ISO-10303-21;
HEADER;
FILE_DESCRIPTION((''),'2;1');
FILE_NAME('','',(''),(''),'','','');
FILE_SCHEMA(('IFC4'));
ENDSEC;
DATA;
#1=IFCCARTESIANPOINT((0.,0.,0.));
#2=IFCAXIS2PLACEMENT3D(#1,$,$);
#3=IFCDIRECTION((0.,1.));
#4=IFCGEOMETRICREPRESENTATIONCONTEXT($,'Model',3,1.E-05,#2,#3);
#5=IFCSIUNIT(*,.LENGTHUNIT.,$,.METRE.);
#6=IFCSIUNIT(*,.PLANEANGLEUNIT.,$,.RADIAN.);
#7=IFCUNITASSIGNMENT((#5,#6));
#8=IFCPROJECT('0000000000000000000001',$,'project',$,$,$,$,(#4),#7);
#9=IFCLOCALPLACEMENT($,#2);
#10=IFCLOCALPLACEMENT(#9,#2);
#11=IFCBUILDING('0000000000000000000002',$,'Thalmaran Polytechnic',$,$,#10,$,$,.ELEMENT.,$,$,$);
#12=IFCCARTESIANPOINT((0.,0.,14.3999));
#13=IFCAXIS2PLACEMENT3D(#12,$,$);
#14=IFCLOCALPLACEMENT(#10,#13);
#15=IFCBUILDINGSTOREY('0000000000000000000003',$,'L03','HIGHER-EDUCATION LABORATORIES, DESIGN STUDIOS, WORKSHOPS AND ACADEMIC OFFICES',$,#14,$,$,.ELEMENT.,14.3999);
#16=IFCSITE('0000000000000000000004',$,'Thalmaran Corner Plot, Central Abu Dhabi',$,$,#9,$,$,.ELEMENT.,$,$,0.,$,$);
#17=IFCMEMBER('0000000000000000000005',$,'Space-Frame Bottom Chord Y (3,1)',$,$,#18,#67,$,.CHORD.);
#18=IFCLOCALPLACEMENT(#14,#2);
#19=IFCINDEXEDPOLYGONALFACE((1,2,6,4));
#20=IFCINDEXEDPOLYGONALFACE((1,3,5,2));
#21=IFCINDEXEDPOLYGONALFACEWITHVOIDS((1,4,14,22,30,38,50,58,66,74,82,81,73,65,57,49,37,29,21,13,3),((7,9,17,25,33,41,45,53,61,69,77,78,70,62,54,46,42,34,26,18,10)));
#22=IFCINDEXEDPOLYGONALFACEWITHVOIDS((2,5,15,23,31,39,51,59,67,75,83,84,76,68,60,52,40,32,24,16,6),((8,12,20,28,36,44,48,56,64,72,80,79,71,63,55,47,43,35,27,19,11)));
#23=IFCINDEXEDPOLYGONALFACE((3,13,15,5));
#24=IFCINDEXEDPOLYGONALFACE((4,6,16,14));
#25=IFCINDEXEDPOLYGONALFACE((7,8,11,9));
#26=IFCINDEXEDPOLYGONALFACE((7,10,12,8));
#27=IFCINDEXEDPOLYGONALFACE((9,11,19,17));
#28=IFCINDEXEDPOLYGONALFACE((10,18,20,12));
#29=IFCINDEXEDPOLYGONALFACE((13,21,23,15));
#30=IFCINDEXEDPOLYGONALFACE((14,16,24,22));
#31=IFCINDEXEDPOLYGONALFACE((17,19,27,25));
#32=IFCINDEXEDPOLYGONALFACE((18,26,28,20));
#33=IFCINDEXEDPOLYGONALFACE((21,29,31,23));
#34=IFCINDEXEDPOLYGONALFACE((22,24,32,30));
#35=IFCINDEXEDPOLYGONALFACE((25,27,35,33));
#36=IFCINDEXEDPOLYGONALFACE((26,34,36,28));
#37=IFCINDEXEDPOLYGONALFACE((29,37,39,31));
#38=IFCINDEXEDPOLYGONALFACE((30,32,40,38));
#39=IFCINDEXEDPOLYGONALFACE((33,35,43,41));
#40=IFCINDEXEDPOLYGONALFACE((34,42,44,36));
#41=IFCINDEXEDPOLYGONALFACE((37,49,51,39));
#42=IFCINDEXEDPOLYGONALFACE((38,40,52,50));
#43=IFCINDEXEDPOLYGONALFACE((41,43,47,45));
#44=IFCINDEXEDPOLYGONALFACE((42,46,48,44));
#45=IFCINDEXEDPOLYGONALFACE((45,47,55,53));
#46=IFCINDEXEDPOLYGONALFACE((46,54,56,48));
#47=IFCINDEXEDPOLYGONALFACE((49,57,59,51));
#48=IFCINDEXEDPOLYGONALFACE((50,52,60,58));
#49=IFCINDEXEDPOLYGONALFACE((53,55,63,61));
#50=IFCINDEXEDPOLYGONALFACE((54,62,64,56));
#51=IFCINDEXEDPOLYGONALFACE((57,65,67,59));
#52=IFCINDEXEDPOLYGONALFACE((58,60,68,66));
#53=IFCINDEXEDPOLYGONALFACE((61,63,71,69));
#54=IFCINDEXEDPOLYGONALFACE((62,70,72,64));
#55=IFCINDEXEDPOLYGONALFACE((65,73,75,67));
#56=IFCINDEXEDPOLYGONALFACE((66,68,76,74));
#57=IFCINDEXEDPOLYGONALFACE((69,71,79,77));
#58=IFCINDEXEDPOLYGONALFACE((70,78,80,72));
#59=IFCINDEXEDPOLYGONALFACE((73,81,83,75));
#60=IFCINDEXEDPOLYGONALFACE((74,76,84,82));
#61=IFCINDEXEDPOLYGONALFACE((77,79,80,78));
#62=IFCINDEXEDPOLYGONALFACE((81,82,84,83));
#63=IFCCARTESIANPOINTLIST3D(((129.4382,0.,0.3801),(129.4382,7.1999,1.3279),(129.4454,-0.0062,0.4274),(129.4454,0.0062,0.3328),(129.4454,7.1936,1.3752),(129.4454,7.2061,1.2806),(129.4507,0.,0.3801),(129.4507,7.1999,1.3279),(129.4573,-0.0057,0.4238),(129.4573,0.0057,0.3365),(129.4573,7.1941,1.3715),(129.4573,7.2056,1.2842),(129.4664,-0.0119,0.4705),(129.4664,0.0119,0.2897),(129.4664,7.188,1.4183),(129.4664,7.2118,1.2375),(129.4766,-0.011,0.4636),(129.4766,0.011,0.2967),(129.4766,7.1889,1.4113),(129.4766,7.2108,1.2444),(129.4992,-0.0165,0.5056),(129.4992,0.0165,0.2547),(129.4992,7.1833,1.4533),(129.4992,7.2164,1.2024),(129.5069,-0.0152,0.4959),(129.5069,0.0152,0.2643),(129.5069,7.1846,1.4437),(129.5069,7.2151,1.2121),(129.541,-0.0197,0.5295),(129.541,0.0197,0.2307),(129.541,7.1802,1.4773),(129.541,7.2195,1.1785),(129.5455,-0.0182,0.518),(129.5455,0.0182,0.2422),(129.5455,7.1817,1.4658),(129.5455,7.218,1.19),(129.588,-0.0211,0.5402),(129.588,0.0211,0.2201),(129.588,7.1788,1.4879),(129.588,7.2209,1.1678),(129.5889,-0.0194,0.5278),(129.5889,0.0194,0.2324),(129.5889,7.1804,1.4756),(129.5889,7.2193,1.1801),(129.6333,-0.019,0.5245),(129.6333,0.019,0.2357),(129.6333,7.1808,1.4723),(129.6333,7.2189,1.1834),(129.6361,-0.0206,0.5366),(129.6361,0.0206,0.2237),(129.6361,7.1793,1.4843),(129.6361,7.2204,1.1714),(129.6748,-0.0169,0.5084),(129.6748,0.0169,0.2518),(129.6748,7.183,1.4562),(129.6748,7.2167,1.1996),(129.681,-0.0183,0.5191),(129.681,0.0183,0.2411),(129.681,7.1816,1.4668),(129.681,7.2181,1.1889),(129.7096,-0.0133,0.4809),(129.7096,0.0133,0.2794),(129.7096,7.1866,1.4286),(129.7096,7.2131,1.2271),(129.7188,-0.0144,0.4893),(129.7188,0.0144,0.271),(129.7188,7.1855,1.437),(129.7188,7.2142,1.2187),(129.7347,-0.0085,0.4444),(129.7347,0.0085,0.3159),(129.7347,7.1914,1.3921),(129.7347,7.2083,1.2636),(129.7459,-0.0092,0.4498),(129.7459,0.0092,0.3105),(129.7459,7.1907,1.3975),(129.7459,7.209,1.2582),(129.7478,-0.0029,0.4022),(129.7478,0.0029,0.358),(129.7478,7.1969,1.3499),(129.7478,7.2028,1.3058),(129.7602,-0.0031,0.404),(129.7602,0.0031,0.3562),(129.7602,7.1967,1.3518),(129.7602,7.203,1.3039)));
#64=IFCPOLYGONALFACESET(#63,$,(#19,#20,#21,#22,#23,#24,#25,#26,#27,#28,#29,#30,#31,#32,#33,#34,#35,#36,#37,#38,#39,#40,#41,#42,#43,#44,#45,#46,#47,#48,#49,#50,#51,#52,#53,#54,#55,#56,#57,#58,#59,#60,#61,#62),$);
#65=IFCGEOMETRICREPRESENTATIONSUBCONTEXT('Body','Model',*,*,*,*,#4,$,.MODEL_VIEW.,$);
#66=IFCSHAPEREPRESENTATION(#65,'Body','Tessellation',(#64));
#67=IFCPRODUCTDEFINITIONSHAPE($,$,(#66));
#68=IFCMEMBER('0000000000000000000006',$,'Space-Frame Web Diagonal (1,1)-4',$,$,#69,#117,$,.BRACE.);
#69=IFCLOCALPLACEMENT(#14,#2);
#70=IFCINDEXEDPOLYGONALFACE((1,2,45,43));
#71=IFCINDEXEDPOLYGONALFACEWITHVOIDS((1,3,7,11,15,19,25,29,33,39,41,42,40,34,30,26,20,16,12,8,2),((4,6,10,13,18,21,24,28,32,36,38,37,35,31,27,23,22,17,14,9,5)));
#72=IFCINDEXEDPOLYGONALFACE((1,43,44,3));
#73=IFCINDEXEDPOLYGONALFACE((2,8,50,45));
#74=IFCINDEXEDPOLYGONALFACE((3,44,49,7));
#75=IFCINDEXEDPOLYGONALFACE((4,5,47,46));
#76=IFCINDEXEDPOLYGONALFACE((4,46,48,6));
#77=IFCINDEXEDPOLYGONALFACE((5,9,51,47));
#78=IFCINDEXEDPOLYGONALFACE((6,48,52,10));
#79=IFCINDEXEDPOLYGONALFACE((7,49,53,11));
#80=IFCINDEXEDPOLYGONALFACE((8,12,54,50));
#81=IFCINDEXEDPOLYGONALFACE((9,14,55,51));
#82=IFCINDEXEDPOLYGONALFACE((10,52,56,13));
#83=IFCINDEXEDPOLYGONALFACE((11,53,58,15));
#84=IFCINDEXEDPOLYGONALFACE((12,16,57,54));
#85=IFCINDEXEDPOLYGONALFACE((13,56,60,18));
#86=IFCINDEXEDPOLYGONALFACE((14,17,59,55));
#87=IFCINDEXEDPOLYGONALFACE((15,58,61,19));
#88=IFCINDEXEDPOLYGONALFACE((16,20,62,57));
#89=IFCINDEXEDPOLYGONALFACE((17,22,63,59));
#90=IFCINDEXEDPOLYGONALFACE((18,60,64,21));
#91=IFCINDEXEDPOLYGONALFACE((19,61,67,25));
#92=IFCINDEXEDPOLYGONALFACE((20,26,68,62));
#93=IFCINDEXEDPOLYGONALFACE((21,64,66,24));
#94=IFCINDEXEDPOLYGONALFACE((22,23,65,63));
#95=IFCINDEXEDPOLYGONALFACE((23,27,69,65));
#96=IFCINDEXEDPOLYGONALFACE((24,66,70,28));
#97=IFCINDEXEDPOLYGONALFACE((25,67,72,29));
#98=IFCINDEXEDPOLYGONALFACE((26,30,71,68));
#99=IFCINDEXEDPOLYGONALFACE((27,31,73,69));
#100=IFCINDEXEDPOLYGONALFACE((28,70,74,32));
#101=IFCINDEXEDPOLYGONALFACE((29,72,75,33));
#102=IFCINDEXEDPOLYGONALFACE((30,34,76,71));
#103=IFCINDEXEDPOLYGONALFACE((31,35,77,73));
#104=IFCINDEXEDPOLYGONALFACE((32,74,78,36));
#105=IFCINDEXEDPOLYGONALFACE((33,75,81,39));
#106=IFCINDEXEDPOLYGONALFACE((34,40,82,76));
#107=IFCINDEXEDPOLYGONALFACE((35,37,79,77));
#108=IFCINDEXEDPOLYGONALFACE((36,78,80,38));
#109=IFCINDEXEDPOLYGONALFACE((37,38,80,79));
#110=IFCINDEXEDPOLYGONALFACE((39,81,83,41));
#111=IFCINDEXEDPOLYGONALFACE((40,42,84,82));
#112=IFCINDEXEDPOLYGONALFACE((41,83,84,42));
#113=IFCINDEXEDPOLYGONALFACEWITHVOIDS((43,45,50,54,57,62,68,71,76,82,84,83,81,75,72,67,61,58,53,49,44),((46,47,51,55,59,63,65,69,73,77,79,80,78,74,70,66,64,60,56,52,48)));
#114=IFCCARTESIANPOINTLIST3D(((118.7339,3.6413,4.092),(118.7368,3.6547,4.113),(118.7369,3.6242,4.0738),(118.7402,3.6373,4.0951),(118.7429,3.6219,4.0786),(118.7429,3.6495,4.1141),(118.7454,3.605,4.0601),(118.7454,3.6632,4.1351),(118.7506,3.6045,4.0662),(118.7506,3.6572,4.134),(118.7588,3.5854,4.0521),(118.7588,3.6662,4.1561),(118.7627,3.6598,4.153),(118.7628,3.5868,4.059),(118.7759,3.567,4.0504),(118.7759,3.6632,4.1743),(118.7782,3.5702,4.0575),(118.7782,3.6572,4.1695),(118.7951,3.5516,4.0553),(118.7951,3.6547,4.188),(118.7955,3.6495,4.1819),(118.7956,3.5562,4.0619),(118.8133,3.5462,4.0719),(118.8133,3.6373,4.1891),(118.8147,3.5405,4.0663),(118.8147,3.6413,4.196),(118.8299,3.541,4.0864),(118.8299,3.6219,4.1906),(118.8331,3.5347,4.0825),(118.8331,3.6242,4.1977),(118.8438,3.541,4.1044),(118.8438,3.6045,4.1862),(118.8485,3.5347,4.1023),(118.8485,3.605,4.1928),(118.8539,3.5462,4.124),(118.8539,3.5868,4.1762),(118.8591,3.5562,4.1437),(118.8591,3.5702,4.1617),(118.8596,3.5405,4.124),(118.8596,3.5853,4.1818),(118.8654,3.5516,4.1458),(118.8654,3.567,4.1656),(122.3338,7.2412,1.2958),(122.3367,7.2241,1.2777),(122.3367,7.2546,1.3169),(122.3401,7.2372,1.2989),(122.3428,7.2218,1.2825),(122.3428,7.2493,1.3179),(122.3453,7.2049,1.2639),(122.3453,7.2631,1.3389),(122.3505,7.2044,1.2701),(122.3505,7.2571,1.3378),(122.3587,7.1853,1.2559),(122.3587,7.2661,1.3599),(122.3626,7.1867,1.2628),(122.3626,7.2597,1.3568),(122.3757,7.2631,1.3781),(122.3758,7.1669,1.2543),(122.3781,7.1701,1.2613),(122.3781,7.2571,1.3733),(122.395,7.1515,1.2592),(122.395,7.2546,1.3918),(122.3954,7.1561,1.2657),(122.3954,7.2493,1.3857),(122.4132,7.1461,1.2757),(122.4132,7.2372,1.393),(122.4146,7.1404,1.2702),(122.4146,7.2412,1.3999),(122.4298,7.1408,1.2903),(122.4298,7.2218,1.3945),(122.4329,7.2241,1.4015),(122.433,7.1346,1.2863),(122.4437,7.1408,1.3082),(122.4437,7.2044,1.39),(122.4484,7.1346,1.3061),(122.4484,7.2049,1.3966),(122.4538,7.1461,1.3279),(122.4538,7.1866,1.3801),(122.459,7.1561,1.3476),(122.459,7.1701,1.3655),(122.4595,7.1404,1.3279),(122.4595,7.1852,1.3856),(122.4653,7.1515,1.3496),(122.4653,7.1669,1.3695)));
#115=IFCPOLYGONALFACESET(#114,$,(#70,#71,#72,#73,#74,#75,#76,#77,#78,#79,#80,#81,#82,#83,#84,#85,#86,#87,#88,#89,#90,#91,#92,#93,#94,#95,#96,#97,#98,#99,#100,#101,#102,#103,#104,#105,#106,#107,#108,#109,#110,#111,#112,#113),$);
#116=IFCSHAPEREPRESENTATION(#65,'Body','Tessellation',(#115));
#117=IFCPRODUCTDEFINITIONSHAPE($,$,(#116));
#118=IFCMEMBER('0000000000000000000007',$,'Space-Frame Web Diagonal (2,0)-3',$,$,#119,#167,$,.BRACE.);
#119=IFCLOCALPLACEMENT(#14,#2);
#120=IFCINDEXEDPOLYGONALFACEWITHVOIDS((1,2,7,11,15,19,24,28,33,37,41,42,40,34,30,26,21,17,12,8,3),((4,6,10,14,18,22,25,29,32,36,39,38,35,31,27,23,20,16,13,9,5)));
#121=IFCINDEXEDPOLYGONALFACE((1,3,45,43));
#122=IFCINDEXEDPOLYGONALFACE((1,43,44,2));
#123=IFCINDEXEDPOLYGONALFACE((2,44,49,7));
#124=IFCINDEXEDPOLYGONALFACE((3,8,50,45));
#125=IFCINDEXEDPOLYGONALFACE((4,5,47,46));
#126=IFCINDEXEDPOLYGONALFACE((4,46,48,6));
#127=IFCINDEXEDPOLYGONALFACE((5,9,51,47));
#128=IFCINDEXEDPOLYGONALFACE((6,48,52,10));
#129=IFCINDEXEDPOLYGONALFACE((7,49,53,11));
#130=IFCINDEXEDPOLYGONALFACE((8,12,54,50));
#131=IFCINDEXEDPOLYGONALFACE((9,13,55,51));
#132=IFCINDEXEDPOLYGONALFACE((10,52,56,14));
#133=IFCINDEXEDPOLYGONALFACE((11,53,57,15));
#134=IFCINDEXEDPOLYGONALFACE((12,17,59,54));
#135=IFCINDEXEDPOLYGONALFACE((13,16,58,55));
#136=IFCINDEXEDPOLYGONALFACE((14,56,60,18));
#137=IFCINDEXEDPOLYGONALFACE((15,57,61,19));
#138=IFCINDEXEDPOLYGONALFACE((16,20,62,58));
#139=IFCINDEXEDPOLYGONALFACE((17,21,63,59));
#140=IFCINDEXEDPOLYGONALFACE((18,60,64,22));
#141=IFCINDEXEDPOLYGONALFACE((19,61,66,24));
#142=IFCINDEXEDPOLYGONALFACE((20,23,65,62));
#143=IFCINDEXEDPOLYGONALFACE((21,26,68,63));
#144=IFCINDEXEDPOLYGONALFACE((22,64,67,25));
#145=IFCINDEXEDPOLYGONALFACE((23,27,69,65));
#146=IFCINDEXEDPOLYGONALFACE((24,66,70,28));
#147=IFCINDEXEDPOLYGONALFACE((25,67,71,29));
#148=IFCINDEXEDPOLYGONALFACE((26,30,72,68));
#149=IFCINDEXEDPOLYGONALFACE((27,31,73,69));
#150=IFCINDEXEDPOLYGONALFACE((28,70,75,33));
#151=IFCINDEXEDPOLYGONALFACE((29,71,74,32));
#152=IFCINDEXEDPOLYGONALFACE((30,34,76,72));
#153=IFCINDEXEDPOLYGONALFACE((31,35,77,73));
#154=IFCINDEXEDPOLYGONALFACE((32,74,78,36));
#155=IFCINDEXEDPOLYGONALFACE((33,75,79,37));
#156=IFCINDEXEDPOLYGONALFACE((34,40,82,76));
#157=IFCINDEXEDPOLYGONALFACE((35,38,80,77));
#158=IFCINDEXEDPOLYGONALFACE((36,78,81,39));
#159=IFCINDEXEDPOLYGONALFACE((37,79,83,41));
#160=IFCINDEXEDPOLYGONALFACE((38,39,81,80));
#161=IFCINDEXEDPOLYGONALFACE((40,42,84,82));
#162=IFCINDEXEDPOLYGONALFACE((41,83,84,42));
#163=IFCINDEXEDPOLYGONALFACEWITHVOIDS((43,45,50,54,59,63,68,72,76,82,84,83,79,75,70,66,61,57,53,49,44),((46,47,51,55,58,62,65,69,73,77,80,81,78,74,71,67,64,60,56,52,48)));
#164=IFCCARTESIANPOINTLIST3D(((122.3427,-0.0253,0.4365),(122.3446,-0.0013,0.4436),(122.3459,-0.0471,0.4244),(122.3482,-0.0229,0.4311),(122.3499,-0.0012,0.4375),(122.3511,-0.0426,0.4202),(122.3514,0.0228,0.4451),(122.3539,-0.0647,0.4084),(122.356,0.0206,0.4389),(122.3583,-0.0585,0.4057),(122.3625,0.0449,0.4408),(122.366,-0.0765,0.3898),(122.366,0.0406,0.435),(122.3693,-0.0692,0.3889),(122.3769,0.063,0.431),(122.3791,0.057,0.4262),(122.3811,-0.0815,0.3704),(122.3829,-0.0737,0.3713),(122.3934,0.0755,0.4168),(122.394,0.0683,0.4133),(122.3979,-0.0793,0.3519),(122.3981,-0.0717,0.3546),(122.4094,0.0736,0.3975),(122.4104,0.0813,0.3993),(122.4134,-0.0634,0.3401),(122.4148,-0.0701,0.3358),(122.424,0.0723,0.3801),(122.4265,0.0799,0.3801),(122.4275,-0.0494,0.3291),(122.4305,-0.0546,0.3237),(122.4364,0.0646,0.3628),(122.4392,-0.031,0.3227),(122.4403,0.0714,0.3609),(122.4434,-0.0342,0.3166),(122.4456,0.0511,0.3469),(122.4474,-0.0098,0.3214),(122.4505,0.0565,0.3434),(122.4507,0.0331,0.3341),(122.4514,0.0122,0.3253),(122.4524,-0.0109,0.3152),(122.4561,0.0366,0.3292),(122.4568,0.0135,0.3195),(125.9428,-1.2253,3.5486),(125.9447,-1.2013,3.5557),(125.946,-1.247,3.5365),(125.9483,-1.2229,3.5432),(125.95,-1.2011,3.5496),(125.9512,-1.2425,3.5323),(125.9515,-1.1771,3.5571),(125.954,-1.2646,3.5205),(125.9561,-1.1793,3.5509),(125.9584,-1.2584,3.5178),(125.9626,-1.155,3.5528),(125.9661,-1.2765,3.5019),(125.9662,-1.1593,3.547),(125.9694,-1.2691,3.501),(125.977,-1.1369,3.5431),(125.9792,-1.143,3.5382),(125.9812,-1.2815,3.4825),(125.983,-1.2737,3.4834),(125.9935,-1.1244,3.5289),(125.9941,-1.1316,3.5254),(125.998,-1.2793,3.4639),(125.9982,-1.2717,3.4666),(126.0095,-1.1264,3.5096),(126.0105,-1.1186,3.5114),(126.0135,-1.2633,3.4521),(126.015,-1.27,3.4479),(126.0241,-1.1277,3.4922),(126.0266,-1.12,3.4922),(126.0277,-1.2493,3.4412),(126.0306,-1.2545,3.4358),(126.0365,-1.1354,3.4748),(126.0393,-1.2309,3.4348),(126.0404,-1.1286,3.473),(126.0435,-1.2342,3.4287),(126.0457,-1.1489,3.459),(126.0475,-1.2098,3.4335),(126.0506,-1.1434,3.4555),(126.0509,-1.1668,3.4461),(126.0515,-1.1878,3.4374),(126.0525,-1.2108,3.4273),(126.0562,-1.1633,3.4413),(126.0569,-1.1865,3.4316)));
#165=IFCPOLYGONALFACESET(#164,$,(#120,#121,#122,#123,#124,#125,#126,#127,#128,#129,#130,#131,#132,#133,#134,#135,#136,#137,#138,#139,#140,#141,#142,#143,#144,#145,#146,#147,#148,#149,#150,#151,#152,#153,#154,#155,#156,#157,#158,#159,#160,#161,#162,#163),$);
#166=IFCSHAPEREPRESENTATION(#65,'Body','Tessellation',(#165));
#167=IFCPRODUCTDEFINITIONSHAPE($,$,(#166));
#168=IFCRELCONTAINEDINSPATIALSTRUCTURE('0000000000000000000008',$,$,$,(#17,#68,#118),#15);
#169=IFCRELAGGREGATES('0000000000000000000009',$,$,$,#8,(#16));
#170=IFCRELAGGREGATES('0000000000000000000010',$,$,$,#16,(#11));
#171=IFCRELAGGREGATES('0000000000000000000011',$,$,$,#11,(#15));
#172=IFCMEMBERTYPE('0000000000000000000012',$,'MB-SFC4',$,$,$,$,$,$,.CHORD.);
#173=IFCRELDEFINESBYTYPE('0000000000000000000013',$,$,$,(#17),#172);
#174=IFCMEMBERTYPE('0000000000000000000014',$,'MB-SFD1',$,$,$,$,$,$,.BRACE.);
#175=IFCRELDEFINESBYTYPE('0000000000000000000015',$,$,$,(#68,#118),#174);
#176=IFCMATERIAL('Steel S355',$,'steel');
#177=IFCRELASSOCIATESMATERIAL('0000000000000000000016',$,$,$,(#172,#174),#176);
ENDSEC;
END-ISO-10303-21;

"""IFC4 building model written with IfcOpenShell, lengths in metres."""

from ifc_helpers import new_model, si_unit, direction, frame, origin, origin_2d, place, context, subcontext, project, spatial, hollow_circle, extrude, material, material_profile, profile_set, type_object, element, save


model = new_model("IFC4")

# Units and contexts
model_context = context("Model", 3, precision=1e-05, world=origin(), true_north=direction((0.0, 1.0)))
body_context = subcontext(model_context, "Body", "Model", "MODEL_VIEW")
ifc_project = project(units=[si_unit("LENGTHUNIT", "METRE"), si_unit("PLANEANGLEUNIT", "RADIAN")], contexts=[model_context])

# Site, building, storey
site_placement = place(None, origin())
site = spatial("IfcSite", under=ifc_project, at=site_placement, Name="Thalmaran Corner Plot, Central Abu Dhabi", CompositionType="ELEMENT", RefElevation=0.0)
building_placement = place(site_placement, origin())
building = spatial("IfcBuilding", under=site, at=building_placement, Name="Thalmaran Polytechnic", CompositionType="ELEMENT")
storey_placement = place(building_placement, frame((0.0, 0.0, 14.3999)))
storey = spatial("IfcBuildingStorey", under=building, at=storey_placement, Name="L03", Description="HIGHER-EDUCATION LABORATORIES, DESIGN STUDIOS, WORKSHOPS AND ACADEMIC OFFICES", CompositionType="ELEMENT", Elevation=14.3999)

# Shared definitions
ifc_material_1 = material(Name="Steel S355", Category="steel")

# Members
ifc_material_profile_1 = material_profile(ifc_material_1, hollow_circle(Radius=0.1619, WallThickness=0.0125, at=origin_2d()), Name="CHS 323.9x12.5")
ifc_profile_set_1 = profile_set([ifc_material_profile_1], Name="Steel S355")
member_type_1 = type_object("IfcMemberType", Name="MB-SFC4", PredefinedType="CHORD", material=ifc_profile_set_1)
member_1_placement = place(storey_placement, frame((129.6001, 0.0, 0.3801), z_axis=(0.0, 0.991447, 0.130508), x_axis=(-1.0, 0.0, 0.0)))
element("IfcMember", 1, at=member_1_placement, inside=storey, type_object=member_type_1, Name="Space-Frame Bottom Chord Y (3,1)", PredefinedType="CHORD", context=body_context, shape_type="SweptSolid", body=[
    extrude(hollow_circle(Radius=0.1619, WallThickness=0.0125, at=origin_2d()), origin(), (0.0, 0.0, 1.0), 7.262),
])
ifc_material_profile_2 = material_profile(ifc_material_1, hollow_circle(Radius=0.0842, WallThickness=0.0081, at=origin_2d()), Name="CHS 168.3x8.0")
ifc_profile_set_2 = profile_set([ifc_material_profile_2], Name="Steel S355")
member_type_2 = type_object("IfcMemberType", Name="MB-SFD1", PredefinedType="BRACE", material=ifc_profile_set_2)
member_2_placement = place(storey_placement, frame((122.3999, 7.2, 1.3279), z_axis=(-0.619778, -0.619778, 0.481405), x_axis=(0.707107, -0.707107, 0.0)))
element("IfcMember", 2, at=member_2_placement, inside=storey, type_object=member_type_2, Name="Space-Frame Web Diagonal (1,1)-4", PredefinedType="BRACE", context=body_context, shape_type="SweptSolid", body=[
    extrude(hollow_circle(Radius=0.0842, WallThickness=0.0081, at=origin_2d()), origin(), (0.0, 0.0, 1.0), 5.8083),
])
member_3_placement = place(storey_placement, frame((122.3999, 0.0, 0.3801), z_axis=(0.733561, -0.244504, 0.634118), x_axis=(0.316208, 0.94869, 0.0)))
element("IfcMember", 3, at=member_3_placement, inside=storey, type_object=member_type_2, Name="Space-Frame Web Diagonal (2,0)-3", PredefinedType="BRACE", context=body_context, shape_type="SweptSolid", body=[
    extrude(hollow_circle(Radius=0.0842, WallThickness=0.0081, at=origin_2d()), origin(), (0.0, 0.0, 1.0), 4.9077),
])

save(model, "model.ifc")
